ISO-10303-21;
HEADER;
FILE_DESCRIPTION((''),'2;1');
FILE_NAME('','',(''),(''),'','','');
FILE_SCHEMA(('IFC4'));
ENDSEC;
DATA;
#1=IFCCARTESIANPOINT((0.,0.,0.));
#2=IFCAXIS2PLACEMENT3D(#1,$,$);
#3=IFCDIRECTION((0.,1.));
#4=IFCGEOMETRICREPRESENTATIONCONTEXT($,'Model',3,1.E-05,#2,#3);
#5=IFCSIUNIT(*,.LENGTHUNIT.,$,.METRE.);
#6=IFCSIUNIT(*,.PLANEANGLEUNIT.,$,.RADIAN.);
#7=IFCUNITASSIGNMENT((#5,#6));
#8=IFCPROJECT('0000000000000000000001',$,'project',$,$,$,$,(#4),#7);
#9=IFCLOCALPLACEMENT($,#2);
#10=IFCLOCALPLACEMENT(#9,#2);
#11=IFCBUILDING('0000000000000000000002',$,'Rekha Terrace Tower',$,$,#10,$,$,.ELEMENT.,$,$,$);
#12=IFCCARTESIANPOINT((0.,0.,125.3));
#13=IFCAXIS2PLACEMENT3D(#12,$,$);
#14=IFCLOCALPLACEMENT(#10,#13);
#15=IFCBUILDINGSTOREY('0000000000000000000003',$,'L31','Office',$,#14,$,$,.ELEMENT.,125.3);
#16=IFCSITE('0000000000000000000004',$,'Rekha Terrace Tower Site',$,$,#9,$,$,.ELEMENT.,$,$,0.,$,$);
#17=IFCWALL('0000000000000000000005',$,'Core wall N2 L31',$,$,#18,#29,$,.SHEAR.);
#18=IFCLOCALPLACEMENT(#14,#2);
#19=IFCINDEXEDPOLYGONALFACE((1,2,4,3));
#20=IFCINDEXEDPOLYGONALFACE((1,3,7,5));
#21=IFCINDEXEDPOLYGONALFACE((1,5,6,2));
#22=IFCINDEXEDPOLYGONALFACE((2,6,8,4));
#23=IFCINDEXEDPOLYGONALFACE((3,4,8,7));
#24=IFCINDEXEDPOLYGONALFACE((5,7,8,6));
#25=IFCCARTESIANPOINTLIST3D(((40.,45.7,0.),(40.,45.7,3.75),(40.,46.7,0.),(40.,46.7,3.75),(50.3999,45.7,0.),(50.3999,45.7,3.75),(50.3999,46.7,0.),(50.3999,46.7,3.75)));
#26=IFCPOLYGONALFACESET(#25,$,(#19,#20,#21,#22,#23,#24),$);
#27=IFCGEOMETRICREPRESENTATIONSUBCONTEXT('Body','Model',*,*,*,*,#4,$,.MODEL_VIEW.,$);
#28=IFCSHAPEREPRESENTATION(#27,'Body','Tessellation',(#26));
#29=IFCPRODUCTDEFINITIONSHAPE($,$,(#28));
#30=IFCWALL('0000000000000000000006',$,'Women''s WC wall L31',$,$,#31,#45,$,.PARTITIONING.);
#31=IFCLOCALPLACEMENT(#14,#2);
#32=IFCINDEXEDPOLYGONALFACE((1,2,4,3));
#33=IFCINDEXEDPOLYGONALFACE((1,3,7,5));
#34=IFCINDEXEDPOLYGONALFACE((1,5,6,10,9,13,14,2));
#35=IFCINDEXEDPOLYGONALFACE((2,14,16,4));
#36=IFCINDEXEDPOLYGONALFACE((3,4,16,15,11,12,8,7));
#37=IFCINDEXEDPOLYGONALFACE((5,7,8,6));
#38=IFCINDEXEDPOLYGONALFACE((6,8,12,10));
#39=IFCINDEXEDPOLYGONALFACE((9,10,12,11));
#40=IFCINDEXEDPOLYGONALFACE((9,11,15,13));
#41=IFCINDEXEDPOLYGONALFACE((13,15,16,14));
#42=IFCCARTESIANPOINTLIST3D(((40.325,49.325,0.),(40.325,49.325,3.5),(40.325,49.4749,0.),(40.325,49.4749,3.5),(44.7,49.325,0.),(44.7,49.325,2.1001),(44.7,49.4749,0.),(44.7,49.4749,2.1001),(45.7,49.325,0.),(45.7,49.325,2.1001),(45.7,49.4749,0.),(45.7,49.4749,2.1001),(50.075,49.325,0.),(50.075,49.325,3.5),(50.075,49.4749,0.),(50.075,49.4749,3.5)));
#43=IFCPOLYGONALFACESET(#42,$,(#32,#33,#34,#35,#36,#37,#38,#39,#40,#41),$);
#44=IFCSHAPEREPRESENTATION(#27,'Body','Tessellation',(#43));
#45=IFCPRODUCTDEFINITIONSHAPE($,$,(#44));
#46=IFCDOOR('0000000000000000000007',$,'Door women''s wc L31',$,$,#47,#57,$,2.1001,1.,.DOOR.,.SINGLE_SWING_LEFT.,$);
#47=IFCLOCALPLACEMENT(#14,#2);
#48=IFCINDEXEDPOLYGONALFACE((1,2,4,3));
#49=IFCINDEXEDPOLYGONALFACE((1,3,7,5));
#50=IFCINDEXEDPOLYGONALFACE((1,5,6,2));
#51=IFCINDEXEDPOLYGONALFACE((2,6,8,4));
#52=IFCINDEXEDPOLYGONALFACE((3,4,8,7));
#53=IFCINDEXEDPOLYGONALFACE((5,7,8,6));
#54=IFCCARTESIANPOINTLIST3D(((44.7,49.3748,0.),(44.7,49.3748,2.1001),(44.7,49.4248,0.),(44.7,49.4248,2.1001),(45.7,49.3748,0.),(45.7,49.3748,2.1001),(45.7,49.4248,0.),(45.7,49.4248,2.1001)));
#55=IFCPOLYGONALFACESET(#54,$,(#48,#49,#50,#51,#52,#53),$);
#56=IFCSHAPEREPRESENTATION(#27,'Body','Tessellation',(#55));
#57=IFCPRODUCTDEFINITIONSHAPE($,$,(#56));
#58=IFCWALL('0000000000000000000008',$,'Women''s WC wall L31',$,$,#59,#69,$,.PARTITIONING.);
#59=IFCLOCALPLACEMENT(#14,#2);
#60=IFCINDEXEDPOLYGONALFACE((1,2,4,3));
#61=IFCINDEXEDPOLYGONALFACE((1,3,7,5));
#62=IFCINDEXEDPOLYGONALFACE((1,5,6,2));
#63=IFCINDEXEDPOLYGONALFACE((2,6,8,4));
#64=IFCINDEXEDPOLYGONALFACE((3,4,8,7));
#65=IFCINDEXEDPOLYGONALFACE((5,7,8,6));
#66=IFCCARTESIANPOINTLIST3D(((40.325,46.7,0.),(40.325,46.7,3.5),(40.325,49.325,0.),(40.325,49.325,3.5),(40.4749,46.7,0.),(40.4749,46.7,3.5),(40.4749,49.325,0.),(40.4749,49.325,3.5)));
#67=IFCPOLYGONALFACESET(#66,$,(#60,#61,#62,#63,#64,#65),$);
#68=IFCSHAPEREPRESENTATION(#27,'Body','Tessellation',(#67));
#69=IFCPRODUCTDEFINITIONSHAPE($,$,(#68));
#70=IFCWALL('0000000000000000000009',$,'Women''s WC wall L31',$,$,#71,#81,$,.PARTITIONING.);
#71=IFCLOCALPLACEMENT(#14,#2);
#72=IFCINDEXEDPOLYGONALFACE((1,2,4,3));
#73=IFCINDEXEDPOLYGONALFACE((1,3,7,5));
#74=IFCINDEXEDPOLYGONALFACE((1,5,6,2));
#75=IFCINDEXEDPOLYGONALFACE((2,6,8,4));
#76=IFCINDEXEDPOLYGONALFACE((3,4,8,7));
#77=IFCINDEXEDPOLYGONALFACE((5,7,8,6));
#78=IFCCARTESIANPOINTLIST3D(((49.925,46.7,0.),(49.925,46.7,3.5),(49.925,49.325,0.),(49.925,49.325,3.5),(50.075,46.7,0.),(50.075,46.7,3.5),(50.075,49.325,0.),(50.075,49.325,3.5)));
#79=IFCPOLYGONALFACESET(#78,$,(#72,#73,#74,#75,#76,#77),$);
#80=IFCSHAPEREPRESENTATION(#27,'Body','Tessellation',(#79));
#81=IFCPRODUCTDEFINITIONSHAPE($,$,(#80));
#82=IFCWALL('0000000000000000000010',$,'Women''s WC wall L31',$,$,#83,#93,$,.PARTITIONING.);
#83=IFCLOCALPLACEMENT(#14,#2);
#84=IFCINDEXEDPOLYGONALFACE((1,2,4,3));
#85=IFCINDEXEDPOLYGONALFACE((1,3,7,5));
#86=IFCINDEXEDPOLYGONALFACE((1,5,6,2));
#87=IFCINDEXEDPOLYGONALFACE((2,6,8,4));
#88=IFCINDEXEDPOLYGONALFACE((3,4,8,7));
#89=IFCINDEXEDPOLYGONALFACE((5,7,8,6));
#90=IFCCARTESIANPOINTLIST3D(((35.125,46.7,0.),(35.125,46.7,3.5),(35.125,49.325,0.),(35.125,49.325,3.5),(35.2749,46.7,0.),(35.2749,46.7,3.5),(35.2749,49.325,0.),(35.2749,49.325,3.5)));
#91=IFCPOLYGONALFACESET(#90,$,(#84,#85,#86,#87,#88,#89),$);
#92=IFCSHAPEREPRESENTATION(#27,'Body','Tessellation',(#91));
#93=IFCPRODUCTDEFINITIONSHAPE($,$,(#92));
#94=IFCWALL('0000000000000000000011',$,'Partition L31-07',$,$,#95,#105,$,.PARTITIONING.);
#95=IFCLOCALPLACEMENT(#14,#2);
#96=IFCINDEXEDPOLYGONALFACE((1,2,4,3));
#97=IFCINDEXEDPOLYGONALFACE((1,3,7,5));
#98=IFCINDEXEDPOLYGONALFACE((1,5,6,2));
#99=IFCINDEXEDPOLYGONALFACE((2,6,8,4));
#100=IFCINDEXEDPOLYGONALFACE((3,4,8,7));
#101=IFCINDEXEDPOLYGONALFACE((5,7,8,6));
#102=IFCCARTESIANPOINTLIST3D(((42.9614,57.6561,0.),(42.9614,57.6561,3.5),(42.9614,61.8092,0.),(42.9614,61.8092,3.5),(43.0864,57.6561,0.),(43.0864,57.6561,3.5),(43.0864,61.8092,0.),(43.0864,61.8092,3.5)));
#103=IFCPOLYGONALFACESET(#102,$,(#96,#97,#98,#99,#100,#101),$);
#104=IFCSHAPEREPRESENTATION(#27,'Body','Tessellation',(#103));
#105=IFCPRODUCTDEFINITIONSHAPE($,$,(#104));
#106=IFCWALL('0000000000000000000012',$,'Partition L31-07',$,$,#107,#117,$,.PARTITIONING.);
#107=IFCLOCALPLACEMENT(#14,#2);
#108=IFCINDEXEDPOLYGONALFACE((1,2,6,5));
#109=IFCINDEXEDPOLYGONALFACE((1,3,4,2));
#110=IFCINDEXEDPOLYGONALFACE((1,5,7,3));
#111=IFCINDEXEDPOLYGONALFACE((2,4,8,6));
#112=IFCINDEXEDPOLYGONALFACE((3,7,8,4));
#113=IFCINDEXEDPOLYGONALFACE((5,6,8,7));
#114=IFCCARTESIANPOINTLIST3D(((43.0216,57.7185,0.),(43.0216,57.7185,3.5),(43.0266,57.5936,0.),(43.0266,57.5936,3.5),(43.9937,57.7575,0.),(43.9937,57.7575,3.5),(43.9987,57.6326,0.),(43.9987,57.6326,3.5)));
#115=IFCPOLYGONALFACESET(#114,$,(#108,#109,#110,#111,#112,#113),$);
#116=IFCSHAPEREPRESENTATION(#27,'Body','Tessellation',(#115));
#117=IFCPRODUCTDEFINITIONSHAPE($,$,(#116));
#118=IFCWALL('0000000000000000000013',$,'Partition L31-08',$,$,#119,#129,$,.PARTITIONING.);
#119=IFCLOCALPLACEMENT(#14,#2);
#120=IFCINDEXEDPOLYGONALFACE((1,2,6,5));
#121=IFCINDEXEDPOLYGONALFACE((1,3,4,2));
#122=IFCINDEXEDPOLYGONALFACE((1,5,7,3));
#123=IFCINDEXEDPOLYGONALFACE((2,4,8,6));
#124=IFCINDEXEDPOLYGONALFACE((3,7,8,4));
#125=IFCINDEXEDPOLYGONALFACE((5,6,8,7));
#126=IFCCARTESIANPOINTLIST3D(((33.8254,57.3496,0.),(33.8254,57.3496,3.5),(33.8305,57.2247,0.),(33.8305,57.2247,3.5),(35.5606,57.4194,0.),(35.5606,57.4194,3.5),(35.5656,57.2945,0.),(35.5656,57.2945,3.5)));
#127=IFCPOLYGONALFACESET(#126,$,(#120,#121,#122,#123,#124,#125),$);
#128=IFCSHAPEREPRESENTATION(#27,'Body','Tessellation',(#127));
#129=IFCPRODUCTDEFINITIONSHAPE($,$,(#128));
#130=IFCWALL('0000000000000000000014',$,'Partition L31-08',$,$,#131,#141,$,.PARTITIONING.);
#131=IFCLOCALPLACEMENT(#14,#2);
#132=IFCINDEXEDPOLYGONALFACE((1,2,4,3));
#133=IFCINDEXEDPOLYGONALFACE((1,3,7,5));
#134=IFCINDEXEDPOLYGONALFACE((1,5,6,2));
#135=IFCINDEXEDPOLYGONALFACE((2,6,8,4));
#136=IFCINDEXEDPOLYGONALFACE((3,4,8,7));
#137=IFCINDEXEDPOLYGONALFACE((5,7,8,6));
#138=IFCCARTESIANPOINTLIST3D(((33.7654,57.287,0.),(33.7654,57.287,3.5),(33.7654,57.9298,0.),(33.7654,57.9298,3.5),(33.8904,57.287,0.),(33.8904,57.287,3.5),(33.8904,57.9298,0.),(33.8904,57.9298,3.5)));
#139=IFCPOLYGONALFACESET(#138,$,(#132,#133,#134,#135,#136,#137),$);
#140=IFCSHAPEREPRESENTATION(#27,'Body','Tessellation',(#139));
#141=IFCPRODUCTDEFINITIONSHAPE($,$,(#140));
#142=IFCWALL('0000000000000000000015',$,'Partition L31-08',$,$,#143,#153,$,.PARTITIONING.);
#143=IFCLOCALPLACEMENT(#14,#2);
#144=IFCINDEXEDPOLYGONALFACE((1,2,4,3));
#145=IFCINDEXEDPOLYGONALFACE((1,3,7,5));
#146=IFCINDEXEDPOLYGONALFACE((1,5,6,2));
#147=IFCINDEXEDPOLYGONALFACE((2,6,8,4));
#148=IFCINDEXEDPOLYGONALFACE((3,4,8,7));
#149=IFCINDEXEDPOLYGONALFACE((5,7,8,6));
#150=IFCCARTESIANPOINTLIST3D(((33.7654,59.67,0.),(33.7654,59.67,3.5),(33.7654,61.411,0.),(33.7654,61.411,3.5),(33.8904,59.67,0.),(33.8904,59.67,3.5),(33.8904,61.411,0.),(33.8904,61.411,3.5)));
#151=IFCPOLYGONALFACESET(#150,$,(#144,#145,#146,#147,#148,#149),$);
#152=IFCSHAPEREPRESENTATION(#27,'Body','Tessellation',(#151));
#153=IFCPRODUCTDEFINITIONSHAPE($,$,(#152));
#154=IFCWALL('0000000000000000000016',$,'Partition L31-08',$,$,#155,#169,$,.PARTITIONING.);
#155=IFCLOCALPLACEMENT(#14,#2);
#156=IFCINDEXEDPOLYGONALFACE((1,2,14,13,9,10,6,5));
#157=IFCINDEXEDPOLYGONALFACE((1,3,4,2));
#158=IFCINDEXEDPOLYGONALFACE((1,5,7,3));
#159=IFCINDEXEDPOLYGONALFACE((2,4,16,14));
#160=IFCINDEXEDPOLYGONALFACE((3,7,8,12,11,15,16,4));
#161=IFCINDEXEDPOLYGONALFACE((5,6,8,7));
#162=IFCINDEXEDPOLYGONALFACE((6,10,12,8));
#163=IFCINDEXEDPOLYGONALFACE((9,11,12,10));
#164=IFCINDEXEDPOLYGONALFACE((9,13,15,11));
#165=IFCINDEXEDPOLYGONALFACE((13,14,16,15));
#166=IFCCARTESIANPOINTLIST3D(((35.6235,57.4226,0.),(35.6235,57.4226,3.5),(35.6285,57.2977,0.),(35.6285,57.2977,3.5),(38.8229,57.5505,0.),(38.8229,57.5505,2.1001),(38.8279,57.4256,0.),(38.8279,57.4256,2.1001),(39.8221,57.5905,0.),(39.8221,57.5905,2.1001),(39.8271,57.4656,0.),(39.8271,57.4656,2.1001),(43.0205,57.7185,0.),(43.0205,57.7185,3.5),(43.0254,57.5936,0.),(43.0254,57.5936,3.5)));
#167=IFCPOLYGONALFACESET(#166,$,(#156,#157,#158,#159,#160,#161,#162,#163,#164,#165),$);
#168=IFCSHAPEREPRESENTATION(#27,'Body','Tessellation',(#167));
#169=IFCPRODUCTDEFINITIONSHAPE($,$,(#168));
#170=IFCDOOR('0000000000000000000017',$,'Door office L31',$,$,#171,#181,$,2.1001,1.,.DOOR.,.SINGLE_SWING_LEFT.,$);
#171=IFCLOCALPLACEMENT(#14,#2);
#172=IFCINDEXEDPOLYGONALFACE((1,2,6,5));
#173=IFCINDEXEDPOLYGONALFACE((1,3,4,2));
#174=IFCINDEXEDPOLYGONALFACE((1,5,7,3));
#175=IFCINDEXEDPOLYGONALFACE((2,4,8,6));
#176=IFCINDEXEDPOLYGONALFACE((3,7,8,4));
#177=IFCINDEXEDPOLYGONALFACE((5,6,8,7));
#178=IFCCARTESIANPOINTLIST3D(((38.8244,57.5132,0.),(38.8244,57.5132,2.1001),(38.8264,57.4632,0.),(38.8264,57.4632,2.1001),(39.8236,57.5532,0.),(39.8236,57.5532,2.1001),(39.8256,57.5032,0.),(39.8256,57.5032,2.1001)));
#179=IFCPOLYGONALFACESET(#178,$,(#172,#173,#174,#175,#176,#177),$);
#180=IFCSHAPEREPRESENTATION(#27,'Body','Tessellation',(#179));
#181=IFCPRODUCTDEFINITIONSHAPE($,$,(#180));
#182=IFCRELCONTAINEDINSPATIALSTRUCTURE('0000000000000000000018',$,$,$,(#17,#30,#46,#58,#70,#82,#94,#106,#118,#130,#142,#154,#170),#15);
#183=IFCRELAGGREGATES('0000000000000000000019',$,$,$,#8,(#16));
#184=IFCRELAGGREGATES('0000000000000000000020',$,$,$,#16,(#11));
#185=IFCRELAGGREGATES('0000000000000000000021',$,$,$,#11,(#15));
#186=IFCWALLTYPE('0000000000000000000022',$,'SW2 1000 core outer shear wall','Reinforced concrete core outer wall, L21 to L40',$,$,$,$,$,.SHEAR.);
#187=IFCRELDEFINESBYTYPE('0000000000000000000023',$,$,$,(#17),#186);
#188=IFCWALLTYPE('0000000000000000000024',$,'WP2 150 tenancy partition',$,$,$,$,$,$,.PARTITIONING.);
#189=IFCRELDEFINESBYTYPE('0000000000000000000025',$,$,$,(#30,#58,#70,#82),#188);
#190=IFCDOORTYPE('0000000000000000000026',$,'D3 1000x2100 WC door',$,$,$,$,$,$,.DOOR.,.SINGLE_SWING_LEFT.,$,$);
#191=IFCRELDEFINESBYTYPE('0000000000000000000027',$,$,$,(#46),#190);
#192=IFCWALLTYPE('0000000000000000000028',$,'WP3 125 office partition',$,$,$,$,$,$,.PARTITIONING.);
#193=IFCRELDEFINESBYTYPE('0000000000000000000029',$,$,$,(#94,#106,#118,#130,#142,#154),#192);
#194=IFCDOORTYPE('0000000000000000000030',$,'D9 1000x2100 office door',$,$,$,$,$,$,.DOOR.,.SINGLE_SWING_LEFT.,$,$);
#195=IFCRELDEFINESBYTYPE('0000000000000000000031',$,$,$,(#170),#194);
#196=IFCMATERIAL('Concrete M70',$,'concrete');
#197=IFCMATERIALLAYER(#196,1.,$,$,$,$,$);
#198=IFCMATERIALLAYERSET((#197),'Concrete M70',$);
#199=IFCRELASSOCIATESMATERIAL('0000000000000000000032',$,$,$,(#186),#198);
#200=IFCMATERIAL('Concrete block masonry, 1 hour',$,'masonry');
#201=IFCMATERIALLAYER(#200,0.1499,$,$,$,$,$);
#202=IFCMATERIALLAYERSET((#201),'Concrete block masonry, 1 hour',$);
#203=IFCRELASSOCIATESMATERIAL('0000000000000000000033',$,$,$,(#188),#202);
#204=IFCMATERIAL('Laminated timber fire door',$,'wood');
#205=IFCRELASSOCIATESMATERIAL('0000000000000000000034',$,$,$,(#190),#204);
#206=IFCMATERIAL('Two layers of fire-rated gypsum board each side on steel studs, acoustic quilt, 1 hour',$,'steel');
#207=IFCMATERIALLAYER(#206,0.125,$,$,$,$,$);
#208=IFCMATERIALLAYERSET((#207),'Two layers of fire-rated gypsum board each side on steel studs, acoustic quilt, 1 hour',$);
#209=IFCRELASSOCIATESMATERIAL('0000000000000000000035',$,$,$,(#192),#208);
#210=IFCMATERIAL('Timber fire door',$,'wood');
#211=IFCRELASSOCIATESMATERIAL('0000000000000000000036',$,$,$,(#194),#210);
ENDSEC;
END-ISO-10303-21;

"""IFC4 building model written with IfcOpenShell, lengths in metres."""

from ifc_helpers import new_model, si_unit, direction, frame, frame_2d, origin, place, context, subcontext, project, spatial, rectangle, extrude, material, layer, layer_set, type_object, element, fill, save


model = new_model("IFC4")

# Units and contexts
model_context = context("Model", 3, precision=1e-05, world=origin(), true_north=direction((0.0, 1.0)))
body_context = subcontext(model_context, "Body", "Model", "MODEL_VIEW")
ifc_project = project(units=[si_unit("LENGTHUNIT", "METRE"), si_unit("PLANEANGLEUNIT", "RADIAN")], contexts=[model_context])

# Site, building, storey
site_placement = place(None, origin())
site = spatial("IfcSite", under=ifc_project, at=site_placement, Name="Rekha Terrace Tower Site", CompositionType="ELEMENT", RefElevation=0.0)
building_placement = place(site_placement, origin())
building = spatial("IfcBuilding", under=site, at=building_placement, Name="Rekha Terrace Tower", CompositionType="ELEMENT")
storey_placement = place(building_placement, frame((0.0, 0.0, 125.3)))
storey = spatial("IfcBuildingStorey", under=building, at=storey_placement, Name="L31", Description="Office", CompositionType="ELEMENT", Elevation=125.3)

# Shared definitions
ifc_material_1 = material(Name="Concrete M70", Category="concrete")

# Wall
ifc_layer_1 = layer(ifc_material_1, 1.0)
ifc_layer_set_1 = layer_set([ifc_layer_1], Name="Concrete M70")
wall_type_1 = type_object("IfcWallType", Name="SW2 1000 core outer shear wall", Description="Reinforced concrete core outer wall, L21 to L40", PredefinedType="SHEAR", material=ifc_layer_set_1)
wall_1_placement = place(storey_placement, frame((40.0, 46.2, 0.0), z_axis=(0.0, 0.0, 1.0), x_axis=(1.0, 0.0, 0.0)))
element("IfcWall", 1, at=wall_1_placement, inside=storey, type_object=wall_type_1, Name="Core wall N2 L31", PredefinedType="SHEAR", context=body_context, shape_type="SweptSolid", body=[
    extrude(rectangle(XDim=10.3999, YDim=1.0, at=frame_2d((5.2, 0.0))), origin(), (0.0, 0.0, 1.0), 3.75),
])

# Wall, opening, door
ifc_material_2 = material(Name="Concrete block masonry, 1 hour", Category="masonry")
ifc_layer_2 = layer(ifc_material_2, 0.1499)
ifc_layer_set_2 = layer_set([ifc_layer_2], Name="Concrete block masonry, 1 hour")
wall_type_2 = type_object("IfcWallType", Name="WP2 150 tenancy partition", PredefinedType="PARTITIONING", material=ifc_layer_set_2)
wall_2_placement = place(storey_placement, frame((40.325, 49.3999, 0.0), z_axis=(0.0, 0.0, 1.0), x_axis=(1.0, 0.0, 0.0)))
wall_2 = element("IfcWall", 2, at=wall_2_placement, inside=storey, type_object=wall_type_2, Name="Women's WC wall L31", PredefinedType="PARTITIONING", context=body_context, shape_type="SweptSolid", body=[
    extrude(rectangle(XDim=9.75, YDim=0.1499, at=frame_2d((4.875, 0.0))), origin(), (0.0, 0.0, 1.0), 3.5),
])
opening_1_placement = place(wall_2_placement, frame((4.375, 0.0, 0.0)))
opening_1 = element("IfcOpeningElement", 3, at=opening_1_placement, cuts=wall_2, PredefinedType="OPENING", context=body_context, shape_type="SweptSolid", body=[
    extrude(rectangle(XDim=1.0, YDim=2.1001, at=frame_2d((0.5, 1.05))), frame((0.0, 0.085, 0.0), z_axis=(0.0, -1.0, 0.0), x_axis=(1.0, 0.0, 0.0)), (0.0, 0.0, 1.0), 0.1699),
])
ifc_material_3 = material(Name="Laminated timber fire door", Category="wood")
door_type_1 = type_object("IfcDoorType", Name="D3 1000x2100 WC door", OperationType="SINGLE_SWING_LEFT", PredefinedType="DOOR", material=ifc_material_3)
door_1_placement = place(opening_1_placement, origin())
door_1 = element("IfcDoor", 4, at=door_1_placement, inside=storey, type_object=door_type_1, Name="Door women's wc L31", OperationType="SINGLE_SWING_LEFT", OverallHeight=2.1001, OverallWidth=1.0, PredefinedType="DOOR", context=body_context, shape_type="SweptSolid", body=[
    extrude(rectangle(XDim=1.0, YDim=2.1001, at=frame_2d((0.5, 1.05))), frame((0.0, 0.0249, 0.0), z_axis=(0.0, -1.0, 0.0), x_axis=(1.0, 0.0, 0.0)), (0.0, 0.0, 1.0), 0.05),
])
fill(opening_1, door_1)

# Walls
for number, where, z_axis, x_axis, name in (
    (5, (40.3999, 46.7, 0.0), (0.0, 0.0, 1.0), (0.0, 1.0, 0.0), "Women's WC wall L31"),
    (6, (50.0, 46.7, 0.0), (0.0, 0.0, 1.0), (0.0, 1.0, 0.0), "Women's WC wall L31"),
    (7, (35.2, 46.7, 0.0), (0.0, 0.0, 1.0), (0.0, 1.0, 0.0), "Women's WC wall L31"),
):
    element("IfcWall", number, at=place(storey_placement, frame(where, z_axis=z_axis, x_axis=x_axis)), inside=storey, type_object=wall_type_2, Name=name, PredefinedType="PARTITIONING", context=body_context, shape_type="SweptSolid", body=[
        extrude(rectangle(XDim=2.625, YDim=0.1499, at=frame_2d((1.3125, 0.0))), origin(), (0.0, 0.0, 1.0), 3.5),
    ])
ifc_material_4 = material(Name="Two layers of fire-rated gypsum board each side on steel studs, acoustic quilt, 1 hour", Category="steel")
ifc_layer_3 = layer(ifc_material_4, 0.125)
ifc_layer_set_3 = layer_set([ifc_layer_3], Name="Two layers of fire-rated gypsum board each side on steel studs, acoustic quilt, 1 hour")
wall_type_3 = type_object("IfcWallType", Name="WP3 125 office partition", PredefinedType="PARTITIONING", material=ifc_layer_set_3)
wall_3_placement = place(storey_placement, frame((43.0239, 57.656, 0.0), z_axis=(0.0, 0.0, 1.0), x_axis=(0.0, 1.0, 0.0)))
element("IfcWall", 8, at=wall_3_placement, inside=storey, type_object=wall_type_3, Name="Partition L31-07", PredefinedType="PARTITIONING", context=body_context, shape_type="SweptSolid", body=[
    extrude(rectangle(XDim=4.1531, YDim=0.125, at=frame_2d((2.0767, 0.0))), origin(), (0.0, 0.0, 1.0), 3.5),
])
wall_4_placement = place(storey_placement, frame((43.9961, 57.6951, 0.0), z_axis=(0.0, 0.0, 1.0), x_axis=(-0.999194, -0.040148, 0.0)))
element("IfcWall", 9, at=wall_4_placement, inside=storey, type_object=wall_type_3, Name="Partition L31-07", PredefinedType="PARTITIONING", context=body_context, shape_type="SweptSolid", body=[
    extrude(rectangle(XDim=0.9729, YDim=0.125, at=frame_2d((0.4863, 0.0))), origin(), (0.0, 0.0, 1.0), 3.5),
])
wall_5_placement = place(storey_placement, frame((35.563, 57.3569, 0.0), z_axis=(0.0, 0.0, 1.0), x_axis=(-0.999191, -0.040209, 0.0)))
element("IfcWall", 10, at=wall_5_placement, inside=storey, type_object=wall_type_3, Name="Partition L31-08", PredefinedType="PARTITIONING", context=body_context, shape_type="SweptSolid", body=[
    extrude(rectangle(XDim=1.7366, YDim=0.125, at=frame_2d((0.8682, 0.0))), origin(), (0.0, 0.0, 1.0), 3.5),
])
wall_6_placement = place(storey_placement, frame((33.8279, 57.2871, 0.0), z_axis=(0.0, 0.0, 1.0), x_axis=(0.0, 1.0, 0.0)))
element("IfcWall", 11, at=wall_6_placement, inside=storey, type_object=wall_type_3, Name="Partition L31-08", PredefinedType="PARTITIONING", context=body_context, shape_type="SweptSolid", body=[
    extrude(rectangle(XDim=0.6428, YDim=0.125, at=frame_2d((0.3213, 0.0))), origin(), (0.0, 0.0, 1.0), 3.5),
])
wall_7_placement = place(storey_placement, frame((33.8279, 59.6699, 0.0), z_axis=(0.0, 0.0, 1.0), x_axis=(0.0, 1.0, 0.0)))
element("IfcWall", 12, at=wall_7_placement, inside=storey, type_object=wall_type_3, Name="Partition L31-08", PredefinedType="PARTITIONING", context=body_context, shape_type="SweptSolid", body=[
    extrude(rectangle(XDim=1.741, YDim=0.125, at=frame_2d((0.8706, 0.0))), origin(), (0.0, 0.0, 1.0), 3.5),
])

# Wall, opening, door
wall_8_placement = place(storey_placement, frame((43.0229, 57.656, 0.0), z_axis=(0.0, 0.0, 1.0), x_axis=(-0.999201, -0.039971, 0.0)))
wall_8 = element("IfcWall", 13, at=wall_8_placement, inside=storey, type_object=wall_type_3, Name="Partition L31-08", PredefinedType="PARTITIONING", context=body_context, shape_type="SweptSolid", body=[
    extrude(rectangle(XDim=7.4028, YDim=0.125, at=frame_2d((3.7014, 0.0))), origin(), (0.0, 0.0, 1.0), 3.5),
])
opening_2_placement = place(wall_8_placement, frame((3.2009, 0.0, 0.0)))
opening_2 = element("IfcOpeningElement", 14, at=opening_2_placement, cuts=wall_8, PredefinedType="OPENING", context=body_context, shape_type="SweptSolid", body=[
    extrude(rectangle(XDim=1.0, YDim=2.1001, at=frame_2d((0.5, 1.05))), frame((0.0, 0.0725, 0.0), z_axis=(0.0, -1.0, 0.0), x_axis=(1.0, 0.0, 0.0)), (0.0, 0.0, 1.0), 0.145),
])
ifc_material_5 = material(Name="Timber fire door", Category="wood")
door_type_2 = type_object("IfcDoorType", Name="D9 1000x2100 office door", OperationType="SINGLE_SWING_LEFT", PredefinedType="DOOR", material=ifc_material_5)
door_2_placement = place(opening_2_placement, origin())
door_2 = element("IfcDoor", 15, at=door_2_placement, inside=storey, type_object=door_type_2, Name="Door office L31", OperationType="SINGLE_SWING_LEFT", OverallHeight=2.1001, OverallWidth=1.0, PredefinedType="DOOR", context=body_context, shape_type="SweptSolid", body=[
    extrude(rectangle(XDim=1.0, YDim=2.1001, at=frame_2d((0.5, 1.05))), frame((0.0, 0.0249, 0.0), z_axis=(0.0, -1.0, 0.0), x_axis=(1.0, 0.0, 0.0)), (0.0, 0.0, 1.0), 0.05),
])
fill(opening_2, door_2)

save(model, "model.ifc")
